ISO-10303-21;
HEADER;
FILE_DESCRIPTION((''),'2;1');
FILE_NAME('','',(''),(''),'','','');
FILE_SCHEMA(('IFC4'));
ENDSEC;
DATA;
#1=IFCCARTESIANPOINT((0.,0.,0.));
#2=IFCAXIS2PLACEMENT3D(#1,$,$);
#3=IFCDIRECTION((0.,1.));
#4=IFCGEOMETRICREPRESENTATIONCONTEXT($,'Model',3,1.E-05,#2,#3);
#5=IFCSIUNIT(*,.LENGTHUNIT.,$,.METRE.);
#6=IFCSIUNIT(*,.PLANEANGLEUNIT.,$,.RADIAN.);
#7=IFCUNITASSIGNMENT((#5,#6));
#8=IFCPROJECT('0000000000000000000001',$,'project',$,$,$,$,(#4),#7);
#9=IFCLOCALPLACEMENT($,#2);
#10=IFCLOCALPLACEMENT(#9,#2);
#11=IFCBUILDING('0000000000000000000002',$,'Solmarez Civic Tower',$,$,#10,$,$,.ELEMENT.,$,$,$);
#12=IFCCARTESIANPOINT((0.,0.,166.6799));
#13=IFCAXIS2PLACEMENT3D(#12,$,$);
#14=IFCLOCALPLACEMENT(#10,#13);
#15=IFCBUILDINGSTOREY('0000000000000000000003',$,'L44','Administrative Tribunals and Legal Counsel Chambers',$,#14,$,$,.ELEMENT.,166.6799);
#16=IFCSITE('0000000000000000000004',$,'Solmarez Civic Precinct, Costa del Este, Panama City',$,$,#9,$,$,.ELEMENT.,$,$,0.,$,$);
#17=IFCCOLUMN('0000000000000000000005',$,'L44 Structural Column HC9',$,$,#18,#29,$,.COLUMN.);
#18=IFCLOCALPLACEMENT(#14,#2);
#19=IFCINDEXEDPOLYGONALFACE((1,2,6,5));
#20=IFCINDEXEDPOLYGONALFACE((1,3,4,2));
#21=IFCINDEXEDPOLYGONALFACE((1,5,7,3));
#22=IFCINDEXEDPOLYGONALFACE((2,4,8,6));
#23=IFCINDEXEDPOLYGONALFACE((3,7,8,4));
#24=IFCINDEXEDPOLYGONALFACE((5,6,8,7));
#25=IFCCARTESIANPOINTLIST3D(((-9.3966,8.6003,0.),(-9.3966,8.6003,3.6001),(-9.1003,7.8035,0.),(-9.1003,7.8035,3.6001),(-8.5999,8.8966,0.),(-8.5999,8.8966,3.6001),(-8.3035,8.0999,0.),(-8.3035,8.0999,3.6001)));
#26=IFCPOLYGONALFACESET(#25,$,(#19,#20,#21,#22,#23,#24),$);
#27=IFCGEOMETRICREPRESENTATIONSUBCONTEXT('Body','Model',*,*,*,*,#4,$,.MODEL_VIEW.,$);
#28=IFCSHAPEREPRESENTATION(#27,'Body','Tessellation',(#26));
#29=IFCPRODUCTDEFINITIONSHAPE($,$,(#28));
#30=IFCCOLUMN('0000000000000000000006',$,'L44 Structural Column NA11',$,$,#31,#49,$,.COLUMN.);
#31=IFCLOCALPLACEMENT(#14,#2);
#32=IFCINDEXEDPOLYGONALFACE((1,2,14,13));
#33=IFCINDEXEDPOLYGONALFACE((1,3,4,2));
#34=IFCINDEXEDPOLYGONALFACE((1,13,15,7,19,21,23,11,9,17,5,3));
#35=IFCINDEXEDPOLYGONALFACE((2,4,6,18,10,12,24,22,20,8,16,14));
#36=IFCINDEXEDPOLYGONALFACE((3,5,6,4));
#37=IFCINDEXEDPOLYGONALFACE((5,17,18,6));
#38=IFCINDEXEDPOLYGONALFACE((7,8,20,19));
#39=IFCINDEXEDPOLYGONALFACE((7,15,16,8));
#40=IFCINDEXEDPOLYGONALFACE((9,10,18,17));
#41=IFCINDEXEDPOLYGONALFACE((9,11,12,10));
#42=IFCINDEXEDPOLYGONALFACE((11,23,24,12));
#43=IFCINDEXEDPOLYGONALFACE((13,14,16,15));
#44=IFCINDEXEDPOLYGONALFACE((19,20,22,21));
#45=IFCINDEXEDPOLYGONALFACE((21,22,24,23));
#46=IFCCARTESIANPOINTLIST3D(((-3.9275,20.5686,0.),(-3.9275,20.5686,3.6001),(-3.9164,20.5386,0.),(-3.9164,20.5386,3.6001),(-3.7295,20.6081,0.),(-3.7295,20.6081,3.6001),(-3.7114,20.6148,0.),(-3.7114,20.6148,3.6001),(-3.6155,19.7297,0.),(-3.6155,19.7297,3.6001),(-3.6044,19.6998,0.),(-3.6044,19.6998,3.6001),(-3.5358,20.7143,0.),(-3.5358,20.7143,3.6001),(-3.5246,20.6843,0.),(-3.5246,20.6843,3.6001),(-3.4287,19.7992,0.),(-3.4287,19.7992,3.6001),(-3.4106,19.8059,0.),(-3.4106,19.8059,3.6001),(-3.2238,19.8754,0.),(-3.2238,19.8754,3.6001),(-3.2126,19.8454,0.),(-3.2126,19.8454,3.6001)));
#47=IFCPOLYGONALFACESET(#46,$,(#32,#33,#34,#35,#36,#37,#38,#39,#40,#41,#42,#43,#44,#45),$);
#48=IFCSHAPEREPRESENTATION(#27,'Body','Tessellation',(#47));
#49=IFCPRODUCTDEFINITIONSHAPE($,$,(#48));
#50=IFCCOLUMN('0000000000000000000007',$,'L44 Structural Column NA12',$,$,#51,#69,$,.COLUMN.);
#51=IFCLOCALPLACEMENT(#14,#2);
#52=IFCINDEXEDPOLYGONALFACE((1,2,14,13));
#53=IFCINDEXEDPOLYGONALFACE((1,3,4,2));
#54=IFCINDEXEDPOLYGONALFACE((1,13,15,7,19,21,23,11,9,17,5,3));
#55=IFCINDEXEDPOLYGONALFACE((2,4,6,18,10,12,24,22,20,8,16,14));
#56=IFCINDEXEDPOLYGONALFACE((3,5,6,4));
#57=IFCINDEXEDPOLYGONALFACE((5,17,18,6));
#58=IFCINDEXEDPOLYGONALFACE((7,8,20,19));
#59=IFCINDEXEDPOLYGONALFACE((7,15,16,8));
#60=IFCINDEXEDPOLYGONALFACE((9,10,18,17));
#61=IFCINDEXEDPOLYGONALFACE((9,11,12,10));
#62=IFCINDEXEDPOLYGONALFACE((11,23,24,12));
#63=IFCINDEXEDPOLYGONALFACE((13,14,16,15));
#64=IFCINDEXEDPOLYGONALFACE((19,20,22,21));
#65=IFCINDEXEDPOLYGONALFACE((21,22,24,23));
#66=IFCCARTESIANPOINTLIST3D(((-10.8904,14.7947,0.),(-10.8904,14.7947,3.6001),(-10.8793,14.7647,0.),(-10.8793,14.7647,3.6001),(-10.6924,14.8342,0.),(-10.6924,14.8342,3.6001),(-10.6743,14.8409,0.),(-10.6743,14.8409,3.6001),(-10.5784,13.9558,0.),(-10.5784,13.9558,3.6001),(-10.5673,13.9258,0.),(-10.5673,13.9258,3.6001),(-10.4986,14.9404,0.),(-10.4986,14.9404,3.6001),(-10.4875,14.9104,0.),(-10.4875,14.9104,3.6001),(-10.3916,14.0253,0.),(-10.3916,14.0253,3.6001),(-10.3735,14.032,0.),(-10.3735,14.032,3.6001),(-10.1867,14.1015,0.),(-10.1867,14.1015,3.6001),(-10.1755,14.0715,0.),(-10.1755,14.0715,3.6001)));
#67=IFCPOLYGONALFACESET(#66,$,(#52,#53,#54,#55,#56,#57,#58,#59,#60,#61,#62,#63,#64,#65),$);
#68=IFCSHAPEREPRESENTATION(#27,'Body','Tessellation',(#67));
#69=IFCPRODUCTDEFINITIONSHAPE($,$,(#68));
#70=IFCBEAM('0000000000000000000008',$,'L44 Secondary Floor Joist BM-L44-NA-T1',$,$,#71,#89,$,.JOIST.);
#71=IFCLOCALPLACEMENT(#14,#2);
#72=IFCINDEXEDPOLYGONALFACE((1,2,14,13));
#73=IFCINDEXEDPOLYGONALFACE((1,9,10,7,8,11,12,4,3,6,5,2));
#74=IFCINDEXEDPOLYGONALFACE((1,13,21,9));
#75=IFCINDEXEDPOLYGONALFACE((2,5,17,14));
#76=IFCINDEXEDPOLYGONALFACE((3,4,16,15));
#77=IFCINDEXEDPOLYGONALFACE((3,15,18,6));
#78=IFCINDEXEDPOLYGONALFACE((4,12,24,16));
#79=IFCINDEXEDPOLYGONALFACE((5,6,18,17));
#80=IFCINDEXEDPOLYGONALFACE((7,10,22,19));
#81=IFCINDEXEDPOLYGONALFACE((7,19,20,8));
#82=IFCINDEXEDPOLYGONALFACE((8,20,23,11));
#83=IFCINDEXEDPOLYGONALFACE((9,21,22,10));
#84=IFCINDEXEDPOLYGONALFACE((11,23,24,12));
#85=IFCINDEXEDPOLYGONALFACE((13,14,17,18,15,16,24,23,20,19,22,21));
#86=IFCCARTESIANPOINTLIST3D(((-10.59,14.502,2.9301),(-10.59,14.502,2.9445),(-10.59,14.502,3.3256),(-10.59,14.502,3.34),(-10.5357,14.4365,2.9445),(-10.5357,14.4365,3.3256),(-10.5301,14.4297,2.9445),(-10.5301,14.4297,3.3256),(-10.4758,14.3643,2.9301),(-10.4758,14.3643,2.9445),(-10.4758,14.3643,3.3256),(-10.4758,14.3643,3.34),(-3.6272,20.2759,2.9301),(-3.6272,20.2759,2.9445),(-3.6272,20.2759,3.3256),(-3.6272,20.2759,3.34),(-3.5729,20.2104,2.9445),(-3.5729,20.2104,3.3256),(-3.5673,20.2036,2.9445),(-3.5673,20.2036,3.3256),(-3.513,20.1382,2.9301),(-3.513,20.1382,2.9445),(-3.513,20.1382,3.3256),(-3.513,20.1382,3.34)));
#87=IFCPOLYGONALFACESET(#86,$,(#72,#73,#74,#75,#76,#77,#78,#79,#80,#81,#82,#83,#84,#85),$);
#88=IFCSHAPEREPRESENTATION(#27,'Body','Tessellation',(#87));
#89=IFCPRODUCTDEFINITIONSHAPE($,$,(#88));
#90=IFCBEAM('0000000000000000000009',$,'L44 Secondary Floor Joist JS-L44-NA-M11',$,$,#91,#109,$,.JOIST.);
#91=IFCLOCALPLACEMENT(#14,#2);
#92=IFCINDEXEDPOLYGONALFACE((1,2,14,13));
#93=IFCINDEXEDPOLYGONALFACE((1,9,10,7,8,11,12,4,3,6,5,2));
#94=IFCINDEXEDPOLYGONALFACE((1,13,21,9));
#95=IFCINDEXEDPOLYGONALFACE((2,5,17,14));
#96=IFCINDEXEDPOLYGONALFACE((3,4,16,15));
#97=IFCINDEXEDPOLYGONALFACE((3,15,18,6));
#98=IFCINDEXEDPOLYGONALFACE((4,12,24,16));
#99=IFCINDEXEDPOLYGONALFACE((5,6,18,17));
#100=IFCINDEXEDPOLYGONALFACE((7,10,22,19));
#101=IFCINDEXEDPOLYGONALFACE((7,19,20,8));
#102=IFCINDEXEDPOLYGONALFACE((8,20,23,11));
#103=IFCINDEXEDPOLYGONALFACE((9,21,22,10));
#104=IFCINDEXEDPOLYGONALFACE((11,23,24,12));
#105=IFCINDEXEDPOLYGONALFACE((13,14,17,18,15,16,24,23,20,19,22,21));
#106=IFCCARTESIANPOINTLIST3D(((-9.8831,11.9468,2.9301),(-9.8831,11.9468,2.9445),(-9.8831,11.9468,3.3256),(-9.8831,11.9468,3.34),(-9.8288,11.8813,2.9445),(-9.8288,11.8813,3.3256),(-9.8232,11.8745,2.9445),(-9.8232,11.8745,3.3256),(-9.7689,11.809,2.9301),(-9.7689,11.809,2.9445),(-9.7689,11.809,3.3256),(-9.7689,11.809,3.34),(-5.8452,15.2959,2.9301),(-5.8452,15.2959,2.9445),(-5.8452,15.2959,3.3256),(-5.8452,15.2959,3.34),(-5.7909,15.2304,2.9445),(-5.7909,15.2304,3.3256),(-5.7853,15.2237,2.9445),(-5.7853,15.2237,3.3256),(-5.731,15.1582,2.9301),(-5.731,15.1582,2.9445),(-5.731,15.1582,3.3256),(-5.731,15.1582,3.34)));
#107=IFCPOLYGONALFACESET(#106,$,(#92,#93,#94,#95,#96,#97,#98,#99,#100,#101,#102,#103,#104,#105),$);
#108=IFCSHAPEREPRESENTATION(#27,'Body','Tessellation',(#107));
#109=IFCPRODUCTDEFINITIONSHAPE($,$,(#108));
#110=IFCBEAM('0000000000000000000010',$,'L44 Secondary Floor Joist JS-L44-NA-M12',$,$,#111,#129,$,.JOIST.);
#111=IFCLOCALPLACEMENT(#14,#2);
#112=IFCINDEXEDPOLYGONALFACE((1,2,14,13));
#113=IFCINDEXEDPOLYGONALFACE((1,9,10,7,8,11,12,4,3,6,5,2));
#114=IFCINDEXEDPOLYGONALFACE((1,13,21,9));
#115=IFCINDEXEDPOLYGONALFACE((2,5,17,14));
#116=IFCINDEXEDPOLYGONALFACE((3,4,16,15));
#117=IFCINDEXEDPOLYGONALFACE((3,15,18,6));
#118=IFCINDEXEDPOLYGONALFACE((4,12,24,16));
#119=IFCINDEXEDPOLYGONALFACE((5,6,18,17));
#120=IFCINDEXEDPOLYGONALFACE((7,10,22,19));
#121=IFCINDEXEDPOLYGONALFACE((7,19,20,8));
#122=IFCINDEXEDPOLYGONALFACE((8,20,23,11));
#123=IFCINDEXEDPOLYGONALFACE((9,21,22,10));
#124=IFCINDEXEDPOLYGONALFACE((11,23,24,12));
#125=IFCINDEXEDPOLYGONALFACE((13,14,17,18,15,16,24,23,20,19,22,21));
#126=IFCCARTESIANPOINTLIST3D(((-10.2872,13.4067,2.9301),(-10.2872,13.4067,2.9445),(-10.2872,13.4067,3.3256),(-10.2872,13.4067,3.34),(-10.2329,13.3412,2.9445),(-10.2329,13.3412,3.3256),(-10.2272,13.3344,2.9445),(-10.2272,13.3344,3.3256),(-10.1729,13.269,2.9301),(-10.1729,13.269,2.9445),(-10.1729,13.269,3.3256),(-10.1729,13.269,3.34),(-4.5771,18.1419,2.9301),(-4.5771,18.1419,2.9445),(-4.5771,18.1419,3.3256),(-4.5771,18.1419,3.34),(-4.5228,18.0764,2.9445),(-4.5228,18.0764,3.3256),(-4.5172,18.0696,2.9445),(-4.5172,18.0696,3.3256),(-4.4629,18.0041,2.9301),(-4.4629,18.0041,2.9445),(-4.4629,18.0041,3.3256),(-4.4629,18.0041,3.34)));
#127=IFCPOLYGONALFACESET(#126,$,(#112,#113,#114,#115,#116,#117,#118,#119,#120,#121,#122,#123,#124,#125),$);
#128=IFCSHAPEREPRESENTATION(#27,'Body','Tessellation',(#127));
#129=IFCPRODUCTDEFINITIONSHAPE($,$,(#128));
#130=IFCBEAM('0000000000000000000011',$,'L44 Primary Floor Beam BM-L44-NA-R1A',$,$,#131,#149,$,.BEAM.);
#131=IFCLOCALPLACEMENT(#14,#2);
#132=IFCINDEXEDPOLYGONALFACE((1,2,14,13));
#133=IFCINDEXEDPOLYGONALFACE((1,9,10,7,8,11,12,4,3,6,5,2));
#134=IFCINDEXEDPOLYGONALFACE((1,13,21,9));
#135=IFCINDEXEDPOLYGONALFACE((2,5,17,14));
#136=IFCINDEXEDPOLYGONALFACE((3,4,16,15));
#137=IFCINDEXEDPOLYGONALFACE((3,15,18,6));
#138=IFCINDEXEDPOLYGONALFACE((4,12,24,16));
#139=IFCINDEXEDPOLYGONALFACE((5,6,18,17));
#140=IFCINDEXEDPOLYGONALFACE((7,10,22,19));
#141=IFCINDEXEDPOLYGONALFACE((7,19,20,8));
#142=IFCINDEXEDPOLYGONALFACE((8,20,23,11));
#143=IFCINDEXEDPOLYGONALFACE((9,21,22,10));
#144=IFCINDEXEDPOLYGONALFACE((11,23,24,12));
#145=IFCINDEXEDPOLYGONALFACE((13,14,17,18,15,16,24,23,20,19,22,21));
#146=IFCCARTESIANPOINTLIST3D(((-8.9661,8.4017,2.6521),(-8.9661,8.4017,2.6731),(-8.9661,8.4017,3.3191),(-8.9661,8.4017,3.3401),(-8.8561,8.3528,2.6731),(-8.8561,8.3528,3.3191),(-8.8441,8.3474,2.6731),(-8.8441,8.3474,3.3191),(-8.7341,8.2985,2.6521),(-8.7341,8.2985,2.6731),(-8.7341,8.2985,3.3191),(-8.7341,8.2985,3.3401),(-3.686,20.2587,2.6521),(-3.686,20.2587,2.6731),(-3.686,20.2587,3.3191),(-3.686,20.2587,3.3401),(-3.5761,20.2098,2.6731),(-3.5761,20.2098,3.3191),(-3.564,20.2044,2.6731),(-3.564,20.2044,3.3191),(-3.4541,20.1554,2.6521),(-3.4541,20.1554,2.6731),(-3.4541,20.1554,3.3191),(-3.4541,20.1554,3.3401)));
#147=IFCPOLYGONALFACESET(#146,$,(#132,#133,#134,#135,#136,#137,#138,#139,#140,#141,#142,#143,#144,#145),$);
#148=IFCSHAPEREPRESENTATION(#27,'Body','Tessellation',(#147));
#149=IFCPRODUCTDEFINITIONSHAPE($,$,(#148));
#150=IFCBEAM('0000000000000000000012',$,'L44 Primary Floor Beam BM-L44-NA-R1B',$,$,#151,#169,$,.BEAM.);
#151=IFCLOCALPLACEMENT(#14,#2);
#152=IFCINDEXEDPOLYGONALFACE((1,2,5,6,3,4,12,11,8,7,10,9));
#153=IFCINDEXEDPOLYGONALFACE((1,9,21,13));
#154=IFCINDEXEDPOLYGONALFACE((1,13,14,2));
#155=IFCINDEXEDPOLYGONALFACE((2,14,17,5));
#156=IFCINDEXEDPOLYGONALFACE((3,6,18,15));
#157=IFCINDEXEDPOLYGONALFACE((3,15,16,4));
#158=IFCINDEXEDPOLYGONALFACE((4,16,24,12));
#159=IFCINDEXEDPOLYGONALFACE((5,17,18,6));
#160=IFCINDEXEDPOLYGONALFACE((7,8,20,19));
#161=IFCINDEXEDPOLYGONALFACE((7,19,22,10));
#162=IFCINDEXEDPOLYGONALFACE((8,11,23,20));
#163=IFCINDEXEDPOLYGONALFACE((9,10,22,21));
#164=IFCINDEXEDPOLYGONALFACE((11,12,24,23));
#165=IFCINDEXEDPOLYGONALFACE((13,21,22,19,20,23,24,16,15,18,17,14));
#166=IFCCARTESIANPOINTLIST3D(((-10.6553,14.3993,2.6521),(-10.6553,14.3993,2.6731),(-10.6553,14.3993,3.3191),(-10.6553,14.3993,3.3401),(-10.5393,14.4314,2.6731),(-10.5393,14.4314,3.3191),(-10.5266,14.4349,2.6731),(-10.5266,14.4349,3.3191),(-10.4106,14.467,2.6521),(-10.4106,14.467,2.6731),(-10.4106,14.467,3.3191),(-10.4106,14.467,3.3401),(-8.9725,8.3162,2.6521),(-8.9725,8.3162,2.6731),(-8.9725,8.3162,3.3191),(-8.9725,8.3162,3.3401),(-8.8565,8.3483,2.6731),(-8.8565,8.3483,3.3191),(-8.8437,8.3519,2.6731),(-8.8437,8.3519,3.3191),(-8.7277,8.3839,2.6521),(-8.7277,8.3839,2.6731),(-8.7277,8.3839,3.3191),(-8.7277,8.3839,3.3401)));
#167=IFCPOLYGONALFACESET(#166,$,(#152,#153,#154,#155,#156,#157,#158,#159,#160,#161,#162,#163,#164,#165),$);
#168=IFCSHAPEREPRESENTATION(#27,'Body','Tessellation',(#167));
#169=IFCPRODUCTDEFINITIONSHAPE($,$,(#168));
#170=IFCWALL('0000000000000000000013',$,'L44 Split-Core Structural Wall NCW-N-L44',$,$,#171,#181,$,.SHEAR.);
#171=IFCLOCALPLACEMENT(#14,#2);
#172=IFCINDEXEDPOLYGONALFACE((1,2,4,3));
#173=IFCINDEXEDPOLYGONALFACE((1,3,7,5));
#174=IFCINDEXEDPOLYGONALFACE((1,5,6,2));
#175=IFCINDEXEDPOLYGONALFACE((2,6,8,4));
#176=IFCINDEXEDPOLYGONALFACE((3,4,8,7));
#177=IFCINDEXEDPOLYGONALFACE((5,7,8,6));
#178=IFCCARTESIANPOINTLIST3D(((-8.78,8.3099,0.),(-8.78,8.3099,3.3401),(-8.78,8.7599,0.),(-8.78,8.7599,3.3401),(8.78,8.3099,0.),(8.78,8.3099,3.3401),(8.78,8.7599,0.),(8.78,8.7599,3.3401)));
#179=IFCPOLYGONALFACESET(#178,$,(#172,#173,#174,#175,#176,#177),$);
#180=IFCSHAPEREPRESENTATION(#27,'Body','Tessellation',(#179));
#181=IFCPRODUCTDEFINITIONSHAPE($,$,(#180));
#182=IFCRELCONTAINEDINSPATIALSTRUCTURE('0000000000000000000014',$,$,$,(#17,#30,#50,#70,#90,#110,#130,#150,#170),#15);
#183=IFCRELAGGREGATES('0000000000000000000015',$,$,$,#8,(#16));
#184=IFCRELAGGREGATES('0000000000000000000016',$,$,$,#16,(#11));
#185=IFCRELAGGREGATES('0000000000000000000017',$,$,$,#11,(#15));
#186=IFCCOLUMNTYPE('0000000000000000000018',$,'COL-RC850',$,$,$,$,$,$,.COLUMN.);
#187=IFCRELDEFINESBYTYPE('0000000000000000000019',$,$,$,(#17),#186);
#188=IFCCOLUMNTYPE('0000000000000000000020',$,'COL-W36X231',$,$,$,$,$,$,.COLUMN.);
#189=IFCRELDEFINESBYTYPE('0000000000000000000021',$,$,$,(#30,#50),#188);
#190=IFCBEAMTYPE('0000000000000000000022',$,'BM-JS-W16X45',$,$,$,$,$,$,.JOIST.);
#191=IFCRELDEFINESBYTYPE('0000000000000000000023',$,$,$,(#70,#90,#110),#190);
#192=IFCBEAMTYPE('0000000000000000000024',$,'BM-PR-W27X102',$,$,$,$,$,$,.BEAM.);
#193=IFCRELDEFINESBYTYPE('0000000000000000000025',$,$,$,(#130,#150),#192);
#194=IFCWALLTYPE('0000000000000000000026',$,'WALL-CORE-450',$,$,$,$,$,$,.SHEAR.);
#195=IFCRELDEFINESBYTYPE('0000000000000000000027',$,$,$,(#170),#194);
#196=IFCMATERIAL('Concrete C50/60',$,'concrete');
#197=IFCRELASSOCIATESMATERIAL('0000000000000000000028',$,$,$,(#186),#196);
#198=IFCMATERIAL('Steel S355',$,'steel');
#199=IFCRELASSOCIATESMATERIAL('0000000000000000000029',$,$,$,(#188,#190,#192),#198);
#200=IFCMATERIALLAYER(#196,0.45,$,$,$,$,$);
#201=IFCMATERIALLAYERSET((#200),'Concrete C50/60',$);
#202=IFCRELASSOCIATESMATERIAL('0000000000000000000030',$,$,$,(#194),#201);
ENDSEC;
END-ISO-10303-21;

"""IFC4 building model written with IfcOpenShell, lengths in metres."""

from ifc_helpers import new_model, si_unit, direction, frame, frame_2d, origin, origin_2d, place, context, subcontext, project, spatial, rectangle, i_section, extrude, material, layer, layer_set, material_profile, profile_set, type_object, element, save


model = new_model("IFC4")

# Units and contexts
model_context = context("Model", 3, precision=1e-05, world=origin(), true_north=direction((0.0, 1.0)))
body_context = subcontext(model_context, "Body", "Model", "MODEL_VIEW")
ifc_project = project(units=[si_unit("LENGTHUNIT", "METRE"), si_unit("PLANEANGLEUNIT", "RADIAN")], contexts=[model_context])

# Site, building, storey
site_placement = place(None, origin())
site = spatial("IfcSite", under=ifc_project, at=site_placement, Name="Solmarez Civic Precinct, Costa del Este, Panama City", CompositionType="ELEMENT", RefElevation=0.0)
building_placement = place(site_placement, origin())
building = spatial("IfcBuilding", under=site, at=building_placement, Name="Solmarez Civic Tower", CompositionType="ELEMENT")
storey_placement = place(building_placement, frame((0.0, 0.0, 166.6799)))
storey = spatial("IfcBuildingStorey", under=building, at=storey_placement, Name="L44", Description="Administrative Tribunals and Legal Counsel Chambers", CompositionType="ELEMENT", Elevation=166.6799)

# Columns
ifc_material_1 = material(Name="Concrete C50/60", Category="concrete")
ifc_material_profile_1 = material_profile(ifc_material_1, rectangle(XDim=0.8501, YDim=0.8501, at=origin_2d()), Name="RC850X850")
ifc_profile_set_1 = profile_set([ifc_material_profile_1], Name="Concrete C50/60")
column_type_1 = type_object("IfcColumnType", Name="COL-RC850", PredefinedType="COLUMN", material=ifc_profile_set_1)
column_placement = place(storey_placement, frame((-8.8501, 8.3501, 0.0), z_axis=(0.0, 0.0, 1.0), x_axis=(0.937282, 0.348572, 0.0)))
element("IfcColumn", 1, at=column_placement, inside=storey, type_object=column_type_1, Name="L44 Structural Column HC9", PredefinedType="COLUMN", context=body_context, shape_type="SweptSolid", body=[
    extrude(rectangle(XDim=0.8501, YDim=0.8501, at=origin_2d()), origin(), (0.0, 0.0, 1.0), 3.6001),
])
ifc_material_2 = material(Name="Steel S355", Category="steel")
ifc_material_profile_2 = material_profile(ifc_material_2, i_section(OverallWidth=0.418, OverallDepth=0.927, WebThickness=0.0193, FlangeThickness=0.032, at=origin_2d()), Name="W36X231")
ifc_profile_set_2 = profile_set([ifc_material_profile_2], Name="Steel S355")
column_type_2 = type_object("IfcColumnType", Name="COL-W36X231", PredefinedType="COLUMN", material=ifc_profile_set_2)
for number, where, z_axis, x_axis, name in (
    (2, (-3.5701, 20.207, 0.0), (0.0, 0.0, 1.0), (0.937282, 0.348572, 0.0), "L44 Structural Column NA11"),
    (3, (-10.533, 14.4331, 0.0), (0.0, 0.0, 1.0), (0.937282, 0.348572, 0.0), "L44 Structural Column NA12"),
):
    element("IfcColumn", number, at=place(storey_placement, frame(where, z_axis=z_axis, x_axis=x_axis)), inside=storey, type_object=column_type_2, Name=name, PredefinedType="COLUMN", context=body_context, shape_type="SweptSolid", body=[
        extrude(i_section(OverallWidth=0.418, OverallDepth=0.927, WebThickness=0.0193, FlangeThickness=0.032, at=origin_2d()), origin(), (0.0, 0.0, 1.0), 3.6001),
    ])

# Beams
ifc_material_profile_3 = material_profile(ifc_material_2, i_section(OverallWidth=0.179, OverallDepth=0.4099, WebThickness=0.0088, FlangeThickness=0.0144, at=origin_2d()), Name="W16X45")
ifc_profile_set_3 = profile_set([ifc_material_profile_3], Name="Steel S355")
beam_type_1 = type_object("IfcBeamType", Name="BM-JS-W16X45", PredefinedType="JOIST", material=ifc_profile_set_3)
beam_1_placement = place(storey_placement, frame((-3.5701, 20.207, 3.135), z_axis=(-0.769768, -0.638324, 0.0), x_axis=(0.638324, -0.769768, 0.0)))
element("IfcBeam", 4, at=beam_1_placement, inside=storey, type_object=beam_type_1, Name="L44 Secondary Floor Joist BM-L44-NA-T1", PredefinedType="JOIST", context=body_context, shape_type="SweptSolid", body=[
    extrude(i_section(OverallWidth=0.179, OverallDepth=0.4099, WebThickness=0.0088, FlangeThickness=0.0144, at=origin_2d()), origin(), (0.0, 0.0, 1.0), 9.0454),
])
beam_2_placement = place(storey_placement, frame((-5.7881, 15.2271, 3.135), z_axis=(-0.769695, -0.638411, 0.0), x_axis=(0.638411, -0.769695, 0.0)))
element("IfcBeam", 5, at=beam_2_placement, inside=storey, type_object=beam_type_1, Name="L44 Secondary Floor Joist JS-L44-NA-M11", PredefinedType="JOIST", context=body_context, shape_type="SweptSolid", body=[
    extrude(i_section(OverallWidth=0.179, OverallDepth=0.4099, WebThickness=0.0088, FlangeThickness=0.0144, at=origin_2d()), origin(), (0.0, 0.0, 1.0), 5.2461),
])
beam_3_placement = place(storey_placement, frame((-4.52, 18.073, 3.135), z_axis=(-0.769757, -0.638337, 0.0), x_axis=(0.638337, -0.769757, 0.0)))
element("IfcBeam", 6, at=beam_3_placement, inside=storey, type_object=beam_type_1, Name="L44 Secondary Floor Joist JS-L44-NA-M12", PredefinedType="JOIST", context=body_context, shape_type="SweptSolid", body=[
    extrude(i_section(OverallWidth=0.179, OverallDepth=0.4099, WebThickness=0.0088, FlangeThickness=0.0144, at=origin_2d()), origin(), (0.0, 0.0, 1.0), 7.418),
])
ifc_material_profile_4 = material_profile(ifc_material_2, i_section(OverallWidth=0.2539, OverallDepth=0.688, WebThickness=0.0132, FlangeThickness=0.021, at=origin_2d()), Name="W27X102")
ifc_profile_set_4 = profile_set([ifc_material_profile_4], Name="Steel S355")
beam_type_2 = type_object("IfcBeamType", Name="BM-PR-W27X102", PredefinedType="BEAM", material=ifc_profile_set_4)
beam_4_placement = place(storey_placement, frame((-8.8501, 8.3501, 2.9961), z_axis=(0.4068, 0.913517, 0.0), x_axis=(-0.913517, 0.4068, 0.0)))
element("IfcBeam", 7, at=beam_4_placement, inside=storey, type_object=beam_type_2, Name="L44 Primary Floor Beam BM-L44-NA-R1A", PredefinedType="BEAM", context=body_context, shape_type="SweptSolid", body=[
    extrude(i_section(OverallWidth=0.2539, OverallDepth=0.688, WebThickness=0.0132, FlangeThickness=0.021, at=origin_2d()), origin(), (0.0, 0.0, 1.0), 12.9795),
])
beam_5_placement = place(storey_placement, frame((-8.8501, 8.3501, 2.9961), z_axis=(-0.266634, 0.963798, 0.0), x_axis=(-0.963798, -0.266634, 0.0)))
element("IfcBeam", 8, at=beam_5_placement, inside=storey, type_object=beam_type_2, Name="L44 Primary Floor Beam BM-L44-NA-R1B", PredefinedType="BEAM", context=body_context, shape_type="SweptSolid", body=[
    extrude(i_section(OverallWidth=0.2539, OverallDepth=0.688, WebThickness=0.0132, FlangeThickness=0.021, at=origin_2d()), origin(), (0.0, 0.0, 1.0), 6.3115),
])

# Wall
ifc_layer_1 = layer(ifc_material_1, 0.45)
ifc_layer_set_1 = layer_set([ifc_layer_1], Name="Concrete C50/60")
wall_type_1 = type_object("IfcWallType", Name="WALL-CORE-450", PredefinedType="SHEAR", material=ifc_layer_set_1)
wall_1_placement = place(storey_placement, frame((-8.78, 8.5349, 0.0), z_axis=(0.0, 0.0, 1.0), x_axis=(1.0, 0.0, 0.0)))
element("IfcWall", 9, at=wall_1_placement, inside=storey, type_object=wall_type_1, Name="L44 Split-Core Structural Wall NCW-N-L44", PredefinedType="SHEAR", context=body_context, shape_type="SweptSolid", body=[
    extrude(rectangle(XDim=17.5601, YDim=0.45, at=frame_2d((8.78, 0.0))), origin(), (0.0, 0.0, 1.0), 3.3401),
])

save(model, "model.ifc")
